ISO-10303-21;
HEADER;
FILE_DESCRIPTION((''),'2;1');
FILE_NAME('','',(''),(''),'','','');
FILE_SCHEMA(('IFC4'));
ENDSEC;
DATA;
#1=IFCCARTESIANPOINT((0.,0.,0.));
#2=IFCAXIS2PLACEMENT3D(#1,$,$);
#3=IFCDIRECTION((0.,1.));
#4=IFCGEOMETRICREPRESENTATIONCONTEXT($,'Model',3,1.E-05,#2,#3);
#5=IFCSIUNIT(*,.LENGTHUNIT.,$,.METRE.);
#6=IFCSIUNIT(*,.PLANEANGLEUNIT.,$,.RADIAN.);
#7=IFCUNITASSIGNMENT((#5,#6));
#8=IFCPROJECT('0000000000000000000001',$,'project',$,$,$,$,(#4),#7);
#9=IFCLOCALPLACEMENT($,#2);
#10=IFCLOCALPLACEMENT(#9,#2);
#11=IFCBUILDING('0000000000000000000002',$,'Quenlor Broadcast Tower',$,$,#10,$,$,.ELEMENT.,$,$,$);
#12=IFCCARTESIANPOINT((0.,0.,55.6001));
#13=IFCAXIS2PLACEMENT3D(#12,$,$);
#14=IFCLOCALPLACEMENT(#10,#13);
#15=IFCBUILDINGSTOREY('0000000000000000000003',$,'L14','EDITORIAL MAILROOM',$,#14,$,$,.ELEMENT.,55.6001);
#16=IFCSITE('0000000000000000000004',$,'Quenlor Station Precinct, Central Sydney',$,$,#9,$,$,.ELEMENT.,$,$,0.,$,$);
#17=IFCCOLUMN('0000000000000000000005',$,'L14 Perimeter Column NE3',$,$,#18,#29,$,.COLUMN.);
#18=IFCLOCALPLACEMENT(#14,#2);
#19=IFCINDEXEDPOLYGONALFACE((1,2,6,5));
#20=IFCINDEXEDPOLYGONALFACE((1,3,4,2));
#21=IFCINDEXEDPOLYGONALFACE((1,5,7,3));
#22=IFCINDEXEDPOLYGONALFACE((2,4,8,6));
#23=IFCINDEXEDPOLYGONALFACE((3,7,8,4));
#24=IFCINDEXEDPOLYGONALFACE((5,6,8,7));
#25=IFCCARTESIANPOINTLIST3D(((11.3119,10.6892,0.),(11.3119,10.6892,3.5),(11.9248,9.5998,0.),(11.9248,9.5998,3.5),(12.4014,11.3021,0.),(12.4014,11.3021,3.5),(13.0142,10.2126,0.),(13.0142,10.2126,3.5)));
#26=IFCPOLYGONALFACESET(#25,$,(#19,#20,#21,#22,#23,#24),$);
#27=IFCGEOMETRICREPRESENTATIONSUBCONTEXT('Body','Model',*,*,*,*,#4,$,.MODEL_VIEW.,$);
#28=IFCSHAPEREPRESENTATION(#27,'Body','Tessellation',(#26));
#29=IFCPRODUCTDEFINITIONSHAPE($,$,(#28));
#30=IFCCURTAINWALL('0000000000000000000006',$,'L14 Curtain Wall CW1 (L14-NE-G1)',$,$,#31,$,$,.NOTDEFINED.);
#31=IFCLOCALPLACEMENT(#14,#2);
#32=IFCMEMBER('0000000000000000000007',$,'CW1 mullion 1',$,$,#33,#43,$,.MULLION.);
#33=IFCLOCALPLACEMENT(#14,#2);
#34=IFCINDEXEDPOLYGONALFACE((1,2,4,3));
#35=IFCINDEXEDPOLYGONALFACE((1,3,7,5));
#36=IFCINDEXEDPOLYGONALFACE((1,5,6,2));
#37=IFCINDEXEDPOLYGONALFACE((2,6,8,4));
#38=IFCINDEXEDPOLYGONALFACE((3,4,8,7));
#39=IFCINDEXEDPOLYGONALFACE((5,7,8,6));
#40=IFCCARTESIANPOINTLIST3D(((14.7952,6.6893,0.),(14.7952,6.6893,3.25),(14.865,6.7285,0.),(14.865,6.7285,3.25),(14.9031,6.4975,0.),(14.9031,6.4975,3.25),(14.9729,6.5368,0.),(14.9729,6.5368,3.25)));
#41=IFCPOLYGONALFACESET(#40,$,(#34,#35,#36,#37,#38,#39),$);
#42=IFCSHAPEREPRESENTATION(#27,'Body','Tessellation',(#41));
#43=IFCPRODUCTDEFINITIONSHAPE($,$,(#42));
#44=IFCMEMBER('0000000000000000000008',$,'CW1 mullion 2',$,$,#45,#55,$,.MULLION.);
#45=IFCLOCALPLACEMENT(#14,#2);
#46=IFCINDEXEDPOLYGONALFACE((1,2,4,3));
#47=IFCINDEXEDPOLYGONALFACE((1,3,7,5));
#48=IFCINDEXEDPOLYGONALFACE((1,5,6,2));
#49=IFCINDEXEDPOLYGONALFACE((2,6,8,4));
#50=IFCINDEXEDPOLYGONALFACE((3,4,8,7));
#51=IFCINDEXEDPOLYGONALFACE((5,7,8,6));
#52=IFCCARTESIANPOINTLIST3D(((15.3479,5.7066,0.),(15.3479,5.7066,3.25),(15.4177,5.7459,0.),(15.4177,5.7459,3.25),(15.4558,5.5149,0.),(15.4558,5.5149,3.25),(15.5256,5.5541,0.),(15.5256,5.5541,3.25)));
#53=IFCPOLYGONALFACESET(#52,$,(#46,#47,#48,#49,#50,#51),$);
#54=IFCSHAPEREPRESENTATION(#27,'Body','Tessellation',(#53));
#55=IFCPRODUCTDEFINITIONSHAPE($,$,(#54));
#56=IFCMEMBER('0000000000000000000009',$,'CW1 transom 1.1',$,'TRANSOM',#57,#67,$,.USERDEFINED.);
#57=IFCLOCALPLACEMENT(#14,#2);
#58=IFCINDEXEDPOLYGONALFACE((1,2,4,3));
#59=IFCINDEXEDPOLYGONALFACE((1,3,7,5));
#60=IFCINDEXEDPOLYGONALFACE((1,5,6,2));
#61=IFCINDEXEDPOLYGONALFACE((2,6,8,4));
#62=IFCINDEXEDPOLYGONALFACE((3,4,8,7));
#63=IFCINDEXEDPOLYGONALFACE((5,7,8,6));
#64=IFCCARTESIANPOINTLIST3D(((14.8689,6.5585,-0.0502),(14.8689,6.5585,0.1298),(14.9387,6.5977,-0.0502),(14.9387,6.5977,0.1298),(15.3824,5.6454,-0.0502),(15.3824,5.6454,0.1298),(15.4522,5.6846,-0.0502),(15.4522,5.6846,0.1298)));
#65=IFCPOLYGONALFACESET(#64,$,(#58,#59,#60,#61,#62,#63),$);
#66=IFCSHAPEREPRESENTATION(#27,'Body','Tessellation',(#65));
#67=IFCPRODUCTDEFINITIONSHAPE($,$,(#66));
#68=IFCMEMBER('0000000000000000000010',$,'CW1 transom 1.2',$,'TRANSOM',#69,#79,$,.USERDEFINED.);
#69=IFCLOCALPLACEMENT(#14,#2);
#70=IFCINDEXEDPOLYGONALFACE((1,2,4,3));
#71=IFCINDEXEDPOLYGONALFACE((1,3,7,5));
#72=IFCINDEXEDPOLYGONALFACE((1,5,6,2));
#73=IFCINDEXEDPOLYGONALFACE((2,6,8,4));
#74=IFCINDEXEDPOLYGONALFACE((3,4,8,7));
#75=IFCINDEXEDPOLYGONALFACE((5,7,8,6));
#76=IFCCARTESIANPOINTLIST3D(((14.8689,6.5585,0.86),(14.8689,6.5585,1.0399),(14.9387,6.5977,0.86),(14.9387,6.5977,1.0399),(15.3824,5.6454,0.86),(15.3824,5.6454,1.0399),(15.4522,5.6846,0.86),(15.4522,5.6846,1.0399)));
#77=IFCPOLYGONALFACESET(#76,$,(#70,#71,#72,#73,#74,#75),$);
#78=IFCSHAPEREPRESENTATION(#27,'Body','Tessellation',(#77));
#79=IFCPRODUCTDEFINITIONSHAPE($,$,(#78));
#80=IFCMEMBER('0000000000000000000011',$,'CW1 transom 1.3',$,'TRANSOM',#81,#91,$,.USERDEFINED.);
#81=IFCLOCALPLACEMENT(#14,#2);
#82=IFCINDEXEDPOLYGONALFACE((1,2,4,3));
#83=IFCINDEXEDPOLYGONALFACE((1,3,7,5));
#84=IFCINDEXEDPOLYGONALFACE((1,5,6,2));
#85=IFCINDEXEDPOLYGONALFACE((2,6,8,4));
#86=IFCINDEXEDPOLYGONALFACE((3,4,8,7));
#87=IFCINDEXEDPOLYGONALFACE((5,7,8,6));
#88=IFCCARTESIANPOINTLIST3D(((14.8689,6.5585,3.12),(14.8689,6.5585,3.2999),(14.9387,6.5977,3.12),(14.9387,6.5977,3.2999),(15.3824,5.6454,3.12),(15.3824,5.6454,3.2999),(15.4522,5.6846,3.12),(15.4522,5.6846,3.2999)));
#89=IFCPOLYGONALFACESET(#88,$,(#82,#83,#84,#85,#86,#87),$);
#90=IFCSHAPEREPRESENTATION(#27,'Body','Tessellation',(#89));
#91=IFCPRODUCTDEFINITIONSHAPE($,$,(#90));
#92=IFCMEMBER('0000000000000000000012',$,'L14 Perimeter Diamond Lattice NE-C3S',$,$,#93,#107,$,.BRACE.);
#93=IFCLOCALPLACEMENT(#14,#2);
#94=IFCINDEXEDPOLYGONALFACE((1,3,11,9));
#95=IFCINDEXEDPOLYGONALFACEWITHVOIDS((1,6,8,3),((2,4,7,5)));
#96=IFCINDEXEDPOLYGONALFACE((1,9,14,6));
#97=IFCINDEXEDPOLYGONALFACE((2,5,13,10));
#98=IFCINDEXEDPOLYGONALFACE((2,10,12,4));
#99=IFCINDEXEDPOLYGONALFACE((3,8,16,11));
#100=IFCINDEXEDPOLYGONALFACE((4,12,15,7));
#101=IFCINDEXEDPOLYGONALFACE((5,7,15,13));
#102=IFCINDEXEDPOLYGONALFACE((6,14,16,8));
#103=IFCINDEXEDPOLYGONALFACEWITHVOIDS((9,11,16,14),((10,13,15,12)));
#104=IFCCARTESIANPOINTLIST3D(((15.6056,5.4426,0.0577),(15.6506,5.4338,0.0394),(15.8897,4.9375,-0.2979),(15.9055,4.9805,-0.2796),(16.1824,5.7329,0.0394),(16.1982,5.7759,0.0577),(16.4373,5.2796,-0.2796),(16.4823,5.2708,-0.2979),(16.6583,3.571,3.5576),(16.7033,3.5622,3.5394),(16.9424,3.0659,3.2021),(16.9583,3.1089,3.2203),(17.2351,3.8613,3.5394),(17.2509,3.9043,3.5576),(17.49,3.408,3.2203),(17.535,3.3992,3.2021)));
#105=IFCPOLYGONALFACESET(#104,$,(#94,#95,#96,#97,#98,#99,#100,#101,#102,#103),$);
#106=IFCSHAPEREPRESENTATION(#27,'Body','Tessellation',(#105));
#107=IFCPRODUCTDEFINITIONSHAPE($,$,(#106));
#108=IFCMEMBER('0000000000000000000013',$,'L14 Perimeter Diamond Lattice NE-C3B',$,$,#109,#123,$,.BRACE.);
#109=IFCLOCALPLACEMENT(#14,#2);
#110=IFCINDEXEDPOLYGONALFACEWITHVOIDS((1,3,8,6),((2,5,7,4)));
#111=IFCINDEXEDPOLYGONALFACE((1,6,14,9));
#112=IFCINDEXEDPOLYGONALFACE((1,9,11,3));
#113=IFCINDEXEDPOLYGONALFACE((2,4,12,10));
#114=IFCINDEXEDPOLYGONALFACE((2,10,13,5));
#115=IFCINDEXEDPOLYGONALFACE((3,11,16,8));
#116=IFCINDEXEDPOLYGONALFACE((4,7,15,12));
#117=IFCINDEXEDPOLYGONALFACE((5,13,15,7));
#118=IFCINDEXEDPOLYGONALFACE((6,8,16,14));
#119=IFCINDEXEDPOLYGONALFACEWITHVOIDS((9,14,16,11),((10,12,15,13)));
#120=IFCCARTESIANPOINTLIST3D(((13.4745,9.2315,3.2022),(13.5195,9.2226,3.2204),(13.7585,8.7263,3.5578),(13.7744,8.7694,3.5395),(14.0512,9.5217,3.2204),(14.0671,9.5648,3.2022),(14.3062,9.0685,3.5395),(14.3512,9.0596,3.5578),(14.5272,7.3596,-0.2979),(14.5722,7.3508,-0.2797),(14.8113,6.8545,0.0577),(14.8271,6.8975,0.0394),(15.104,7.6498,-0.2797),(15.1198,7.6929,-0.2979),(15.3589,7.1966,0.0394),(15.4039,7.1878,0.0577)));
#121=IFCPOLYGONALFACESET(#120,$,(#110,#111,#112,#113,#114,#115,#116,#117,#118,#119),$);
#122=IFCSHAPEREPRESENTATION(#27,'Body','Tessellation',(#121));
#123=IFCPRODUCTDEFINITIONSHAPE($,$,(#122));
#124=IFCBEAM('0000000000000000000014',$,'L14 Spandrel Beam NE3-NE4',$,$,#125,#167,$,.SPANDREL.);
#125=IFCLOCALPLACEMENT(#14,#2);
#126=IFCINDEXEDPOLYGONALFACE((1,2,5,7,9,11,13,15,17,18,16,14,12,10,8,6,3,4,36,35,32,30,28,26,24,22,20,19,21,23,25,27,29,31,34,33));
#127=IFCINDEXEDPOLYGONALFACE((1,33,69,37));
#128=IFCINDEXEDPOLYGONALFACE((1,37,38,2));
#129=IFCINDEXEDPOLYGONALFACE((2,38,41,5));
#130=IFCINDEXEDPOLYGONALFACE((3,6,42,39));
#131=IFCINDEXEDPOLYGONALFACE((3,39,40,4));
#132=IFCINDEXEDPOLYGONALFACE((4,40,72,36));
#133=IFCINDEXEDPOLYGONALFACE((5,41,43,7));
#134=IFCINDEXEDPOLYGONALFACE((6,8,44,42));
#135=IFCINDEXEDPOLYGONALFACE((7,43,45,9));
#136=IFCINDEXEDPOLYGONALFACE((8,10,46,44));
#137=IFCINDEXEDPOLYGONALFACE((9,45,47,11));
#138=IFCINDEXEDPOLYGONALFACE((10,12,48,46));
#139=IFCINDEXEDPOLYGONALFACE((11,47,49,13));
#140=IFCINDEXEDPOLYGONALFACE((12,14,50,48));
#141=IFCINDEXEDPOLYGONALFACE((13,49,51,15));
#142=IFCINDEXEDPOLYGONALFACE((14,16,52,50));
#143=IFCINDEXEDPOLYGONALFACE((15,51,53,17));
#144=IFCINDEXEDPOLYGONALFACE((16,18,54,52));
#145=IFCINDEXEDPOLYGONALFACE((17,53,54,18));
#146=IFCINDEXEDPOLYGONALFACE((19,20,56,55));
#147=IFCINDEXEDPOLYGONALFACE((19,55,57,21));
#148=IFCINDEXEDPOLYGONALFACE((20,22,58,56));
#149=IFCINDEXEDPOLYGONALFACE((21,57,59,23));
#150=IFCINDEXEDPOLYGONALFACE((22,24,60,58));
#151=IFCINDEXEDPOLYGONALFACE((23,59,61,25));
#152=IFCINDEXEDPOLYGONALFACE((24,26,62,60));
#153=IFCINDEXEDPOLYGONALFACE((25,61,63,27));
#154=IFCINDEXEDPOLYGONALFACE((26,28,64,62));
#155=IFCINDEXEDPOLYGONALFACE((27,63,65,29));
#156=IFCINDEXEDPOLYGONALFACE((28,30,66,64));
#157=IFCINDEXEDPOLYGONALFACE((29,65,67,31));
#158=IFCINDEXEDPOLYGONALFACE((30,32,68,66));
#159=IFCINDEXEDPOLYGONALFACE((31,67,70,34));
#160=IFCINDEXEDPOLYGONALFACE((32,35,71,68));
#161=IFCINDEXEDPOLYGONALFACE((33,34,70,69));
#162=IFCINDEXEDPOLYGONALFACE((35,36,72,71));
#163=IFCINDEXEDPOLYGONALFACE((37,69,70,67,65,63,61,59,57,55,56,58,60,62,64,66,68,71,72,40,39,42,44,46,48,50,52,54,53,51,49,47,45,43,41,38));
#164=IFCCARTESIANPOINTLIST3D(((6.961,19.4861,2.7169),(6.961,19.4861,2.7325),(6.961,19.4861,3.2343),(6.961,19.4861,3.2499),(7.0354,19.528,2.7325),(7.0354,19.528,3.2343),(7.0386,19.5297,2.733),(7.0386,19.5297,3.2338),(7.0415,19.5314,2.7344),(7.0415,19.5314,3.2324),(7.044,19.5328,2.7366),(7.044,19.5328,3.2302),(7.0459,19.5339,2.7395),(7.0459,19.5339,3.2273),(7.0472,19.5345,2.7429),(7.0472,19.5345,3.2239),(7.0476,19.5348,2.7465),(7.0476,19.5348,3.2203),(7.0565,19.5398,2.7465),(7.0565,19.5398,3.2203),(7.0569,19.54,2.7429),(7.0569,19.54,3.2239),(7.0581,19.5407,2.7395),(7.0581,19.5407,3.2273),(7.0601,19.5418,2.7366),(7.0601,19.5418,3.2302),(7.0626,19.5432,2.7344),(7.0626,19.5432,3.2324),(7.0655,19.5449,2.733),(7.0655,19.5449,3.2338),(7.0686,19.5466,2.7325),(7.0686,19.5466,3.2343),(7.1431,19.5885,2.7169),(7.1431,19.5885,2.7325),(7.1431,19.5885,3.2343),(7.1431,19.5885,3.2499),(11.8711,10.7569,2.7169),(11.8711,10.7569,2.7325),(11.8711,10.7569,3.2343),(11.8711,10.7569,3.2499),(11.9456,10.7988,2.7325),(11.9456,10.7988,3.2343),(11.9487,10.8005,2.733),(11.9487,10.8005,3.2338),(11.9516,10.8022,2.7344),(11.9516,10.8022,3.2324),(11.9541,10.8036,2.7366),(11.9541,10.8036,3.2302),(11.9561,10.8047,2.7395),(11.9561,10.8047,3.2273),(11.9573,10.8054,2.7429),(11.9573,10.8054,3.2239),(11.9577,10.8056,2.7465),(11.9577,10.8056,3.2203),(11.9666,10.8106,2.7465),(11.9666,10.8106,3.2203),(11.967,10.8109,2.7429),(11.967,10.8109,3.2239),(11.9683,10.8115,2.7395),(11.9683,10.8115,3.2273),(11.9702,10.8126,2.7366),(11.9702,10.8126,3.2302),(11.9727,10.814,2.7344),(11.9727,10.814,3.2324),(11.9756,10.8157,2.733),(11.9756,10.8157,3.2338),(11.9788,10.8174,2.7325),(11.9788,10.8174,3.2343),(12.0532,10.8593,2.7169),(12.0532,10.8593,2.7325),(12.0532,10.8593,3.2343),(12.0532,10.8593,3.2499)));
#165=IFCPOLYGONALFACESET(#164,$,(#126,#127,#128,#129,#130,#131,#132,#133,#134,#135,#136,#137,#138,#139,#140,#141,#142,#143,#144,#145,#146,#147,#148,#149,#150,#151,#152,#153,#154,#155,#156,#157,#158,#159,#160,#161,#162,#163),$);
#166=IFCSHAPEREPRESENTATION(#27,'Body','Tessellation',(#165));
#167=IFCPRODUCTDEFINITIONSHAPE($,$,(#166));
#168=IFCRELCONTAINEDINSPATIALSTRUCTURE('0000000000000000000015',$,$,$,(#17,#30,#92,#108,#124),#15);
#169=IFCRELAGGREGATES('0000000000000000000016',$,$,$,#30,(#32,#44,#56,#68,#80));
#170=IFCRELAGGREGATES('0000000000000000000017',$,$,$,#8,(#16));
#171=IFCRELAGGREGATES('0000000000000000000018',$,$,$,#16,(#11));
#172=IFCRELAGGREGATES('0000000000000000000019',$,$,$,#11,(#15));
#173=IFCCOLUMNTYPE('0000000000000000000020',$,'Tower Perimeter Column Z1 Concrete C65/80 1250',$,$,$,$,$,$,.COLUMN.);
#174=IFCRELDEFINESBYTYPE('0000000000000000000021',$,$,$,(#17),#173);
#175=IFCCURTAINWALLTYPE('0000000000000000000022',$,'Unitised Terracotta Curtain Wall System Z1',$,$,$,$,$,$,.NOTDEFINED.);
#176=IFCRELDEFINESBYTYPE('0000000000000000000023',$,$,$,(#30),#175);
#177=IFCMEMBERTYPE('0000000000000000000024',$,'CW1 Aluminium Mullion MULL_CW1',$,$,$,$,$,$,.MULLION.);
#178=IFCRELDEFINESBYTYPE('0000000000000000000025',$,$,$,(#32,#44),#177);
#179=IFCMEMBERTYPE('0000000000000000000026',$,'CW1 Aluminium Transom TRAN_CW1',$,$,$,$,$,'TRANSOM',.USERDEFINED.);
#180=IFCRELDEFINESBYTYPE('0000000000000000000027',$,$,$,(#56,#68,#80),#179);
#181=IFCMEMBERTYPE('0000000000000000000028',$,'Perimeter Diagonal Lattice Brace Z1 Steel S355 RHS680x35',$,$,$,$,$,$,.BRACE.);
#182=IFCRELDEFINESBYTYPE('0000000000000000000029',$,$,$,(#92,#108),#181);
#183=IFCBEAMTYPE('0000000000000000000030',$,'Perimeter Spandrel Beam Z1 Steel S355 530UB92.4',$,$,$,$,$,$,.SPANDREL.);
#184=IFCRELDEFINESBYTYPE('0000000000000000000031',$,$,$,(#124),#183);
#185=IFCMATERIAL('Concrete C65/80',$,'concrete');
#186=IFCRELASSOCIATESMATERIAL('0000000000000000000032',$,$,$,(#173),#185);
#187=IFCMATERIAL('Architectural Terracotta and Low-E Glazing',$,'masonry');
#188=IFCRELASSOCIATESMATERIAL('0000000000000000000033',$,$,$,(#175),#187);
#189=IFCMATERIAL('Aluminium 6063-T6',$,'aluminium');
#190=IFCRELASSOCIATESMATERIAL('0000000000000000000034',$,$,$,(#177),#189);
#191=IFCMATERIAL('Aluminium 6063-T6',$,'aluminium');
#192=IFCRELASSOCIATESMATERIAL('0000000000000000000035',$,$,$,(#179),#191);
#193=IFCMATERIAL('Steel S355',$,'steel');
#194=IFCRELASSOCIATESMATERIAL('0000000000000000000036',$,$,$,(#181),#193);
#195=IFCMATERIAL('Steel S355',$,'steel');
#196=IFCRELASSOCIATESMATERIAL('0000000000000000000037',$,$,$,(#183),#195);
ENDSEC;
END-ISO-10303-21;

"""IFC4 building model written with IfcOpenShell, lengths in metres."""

from ifc_helpers import new_model, si_unit, direction, frame, origin, origin_2d, place, context, subcontext, project, spatial, rectangle, hollow_rectangle, i_section, extrude, material, material_profile, profile_set, type_object, element, aggregate, save


model = new_model("IFC4")

# Units and contexts
model_context = context("Model", 3, precision=1e-05, world=origin(), true_north=direction((0.0, 1.0)))
body_context = subcontext(model_context, "Body", "Model", "MODEL_VIEW")
ifc_project = project(units=[si_unit("LENGTHUNIT", "METRE"), si_unit("PLANEANGLEUNIT", "RADIAN")], contexts=[model_context])

# Site, building, storey
site_placement = place(None, origin())
site = spatial("IfcSite", under=ifc_project, at=site_placement, Name="Quenlor Station Precinct, Central Sydney", CompositionType="ELEMENT", RefElevation=0.0)
building_placement = place(site_placement, origin())
building = spatial("IfcBuilding", under=site, at=building_placement, Name="Quenlor Broadcast Tower", CompositionType="ELEMENT")
storey_placement = place(building_placement, frame((0.0, 0.0, 55.6001)))
storey = spatial("IfcBuildingStorey", under=building, at=storey_placement, Name="L14", Description="EDITORIAL MAILROOM", CompositionType="ELEMENT", Elevation=55.6001)

# Column
ifc_material_1 = material(Name="Concrete C65/80", Category="concrete")
ifc_material_profile_1 = material_profile(ifc_material_1, rectangle(XDim=1.25, YDim=1.25, at=origin_2d()))
ifc_profile_set_1 = profile_set([ifc_material_profile_1], Name="Concrete C65/80 RC1250x1250")
column_type = type_object("IfcColumnType", Name="Tower Perimeter Column Z1 Concrete C65/80 1250", PredefinedType="COLUMN", material=ifc_profile_set_1)
column_placement = place(storey_placement, frame((12.1631, 10.4509, 0.0), z_axis=(0.0, 0.0, 1.0), x_axis=(0.871575, 0.490262, 0.0)))
element("IfcColumn", 1, at=column_placement, inside=storey, type_object=column_type, Name="L14 Perimeter Column NE3", PredefinedType="COLUMN", context=body_context, shape_type="SweptSolid", body=[
    extrude(rectangle(XDim=1.25, YDim=1.25, at=origin_2d()), origin(), (0.0, 0.0, 1.0), 3.5),
])

# Curtain wall, members
ifc_material_2 = material(Name="Architectural Terracotta and Low-E Glazing", Category="masonry")
curtain_wall_type = type_object("IfcCurtainWallType", Name="Unitised Terracotta Curtain Wall System Z1", PredefinedType="NOTDEFINED", material=ifc_material_2)
curtain_wall_placement = place(storey_placement, origin())
curtain_wall = element("IfcCurtainWall", 2, at=curtain_wall_placement, inside=storey, type_object=curtain_wall_type, Name="L14 Curtain Wall CW1 (L14-NE-G1)", PredefinedType="NOTDEFINED")
ifc_material_3 = material(Name="Aluminium 6063-T6", Category="aluminium")
ifc_material_profile_2 = material_profile(ifc_material_3, rectangle(XDim=0.0801, YDim=0.22, at=origin_2d()))
ifc_profile_set_2 = profile_set([ifc_material_profile_2], Name="Aluminium 6063-T6 MULL80x220")
member_type_1 = type_object("IfcMemberType", Name="CW1 Aluminium Mullion MULL_CW1", PredefinedType="MULLION", material=ifc_profile_set_2)
member_1_placement = place(storey_placement, frame((14.884, 6.613, 0.0), z_axis=(0.0, 0.0, 1.0), x_axis=(0.871567, 0.490277, 0.0)))
member_1 = element("IfcMember", 3, at=member_1_placement, type_object=member_type_1, Name="CW1 mullion 1", PredefinedType="MULLION", context=body_context, shape_type="SweptSolid", body=[
    extrude(rectangle(XDim=0.0801, YDim=0.22, at=origin_2d()), origin(), (0.0, 0.0, 1.0), 3.25),
])
member_2_placement = place(storey_placement, frame((15.4368, 5.6304, 0.0), z_axis=(0.0, 0.0, 1.0), x_axis=(0.871567, 0.490277, 0.0)))
member_2 = element("IfcMember", 4, at=member_2_placement, type_object=member_type_1, Name="CW1 mullion 2", PredefinedType="MULLION", context=body_context, shape_type="SweptSolid", body=[
    extrude(rectangle(XDim=0.0801, YDim=0.22, at=origin_2d()), origin(), (0.0, 0.0, 1.0), 3.25),
])
ifc_material_4 = material(Name="Aluminium 6063-T6", Category="aluminium")
ifc_material_profile_3 = material_profile(ifc_material_4, rectangle(XDim=0.0801, YDim=0.1799, at=origin_2d()))
ifc_profile_set_3 = profile_set([ifc_material_profile_3], Name="Aluminium 6063-T6 TRAN80x180")
member_type_2 = type_object("IfcMemberType", Name="CW1 Aluminium Transom TRAN_CW1", ElementType="TRANSOM", PredefinedType="USERDEFINED", material=ifc_profile_set_3)
member_3_placement = place(storey_placement, frame((14.9038, 6.5781, 0.0398), z_axis=(0.490128, -0.87165, 0.0), x_axis=(0.87165, 0.490128, 0.0)))
member_3 = element("IfcMember", 5, at=member_3_placement, type_object=member_type_2, Name="CW1 transom 1.1", ObjectType="TRANSOM", PredefinedType="USERDEFINED", context=body_context, shape_type="SweptSolid", body=[
    extrude(rectangle(XDim=0.0801, YDim=0.1799, at=origin_2d()), origin(), (0.0, 0.0, 1.0), 1.0476),
])
member_4_placement = place(storey_placement, frame((14.9038, 6.5781, 0.95), z_axis=(0.490128, -0.87165, 0.0), x_axis=(0.87165, 0.490128, 0.0)))
member_4 = element("IfcMember", 6, at=member_4_placement, type_object=member_type_2, Name="CW1 transom 1.2", ObjectType="TRANSOM", PredefinedType="USERDEFINED", context=body_context, shape_type="SweptSolid", body=[
    extrude(rectangle(XDim=0.0801, YDim=0.1799, at=origin_2d()), origin(), (0.0, 0.0, 1.0), 1.0476),
])
member_5_placement = place(storey_placement, frame((14.9038, 6.5781, 3.21), z_axis=(0.490128, -0.87165, 0.0), x_axis=(0.87165, 0.490128, 0.0)))
member_5 = element("IfcMember", 7, at=member_5_placement, type_object=member_type_2, Name="CW1 transom 1.3", ObjectType="TRANSOM", PredefinedType="USERDEFINED", context=body_context, shape_type="SweptSolid", body=[
    extrude(rectangle(XDim=0.0801, YDim=0.1799, at=origin_2d()), origin(), (0.0, 0.0, 1.0), 1.0476),
])

# Members
ifc_material_5 = material(Name="Steel S355", Category="steel")
ifc_material_profile_4 = material_profile(ifc_material_5, hollow_rectangle(XDim=0.6799, YDim=0.6799, WallThickness=0.0349, at=origin_2d()))
ifc_profile_set_4 = profile_set([ifc_material_profile_4], Name="Steel S355 RHS680x680x35")
member_type_3 = type_object("IfcMemberType", Name="Perimeter Diagonal Lattice Brace Z1 Steel S355 RHS680x35", PredefinedType="BRACE", material=ifc_profile_set_4)
member_6_placement = place(storey_placement, frame((16.0439, 5.3567, -0.1201), z_axis=(0.256375, -0.455792, 0.852365), x_axis=(0.871582, 0.49025, 0.0)))
element("IfcMember", 8, at=member_6_placement, inside=storey, type_object=member_type_3, Name="L14 Perimeter Diamond Lattice NE-C3S", PredefinedType="BRACE", context=body_context, shape_type="SweptSolid", body=[
    extrude(hollow_rectangle(XDim=0.6799, YDim=0.6799, WallThickness=0.0349, at=origin_2d()), origin(), (0.0, 0.0, 1.0), 4.1062),
])
member_7_placement = place(storey_placement, frame((14.9656, 7.2737, -0.1201), z_axis=(-0.256368, 0.455839, 0.852342), x_axis=(-0.871609, -0.490202, 0.0)))
element("IfcMember", 9, at=member_7_placement, inside=storey, type_object=member_type_3, Name="L14 Perimeter Diamond Lattice NE-C3B", PredefinedType="BRACE", context=body_context, shape_type="SweptSolid", body=[
    extrude(hollow_rectangle(XDim=0.6799, YDim=0.6799, WallThickness=0.0349, at=origin_2d()), origin(), (0.0, 0.0, 1.0), 4.1064),
])

# Beam
ifc_material_6 = material(Name="Steel S355", Category="steel")
ifc_material_profile_5 = material_profile(ifc_material_6, i_section(OverallWidth=0.209, OverallDepth=0.533, WebThickness=0.0103, FlangeThickness=0.0156, FilletRadius=0.0139, at=origin_2d()))
ifc_profile_set_5 = profile_set([ifc_material_profile_5], Name="Steel S355 530UB92.4")
beam_type_1 = type_object("IfcBeamType", Name="Perimeter Spandrel Beam Z1 Steel S355 530UB92.4", PredefinedType="SPANDREL", material=ifc_profile_set_5)
beam_1_placement = place(storey_placement, frame((11.9622, 10.8081, 2.9834), z_axis=(-0.490258, 0.871577, 0.0), x_axis=(-0.871577, -0.490258, 0.0)))
element("IfcBeam", 10, at=beam_1_placement, inside=storey, type_object=beam_type_1, Name="L14 Spandrel Beam NE3-NE4", PredefinedType="SPANDREL", context=body_context, shape_type="SweptSolid", body=[
    extrude(i_section(OverallWidth=0.209, OverallDepth=0.533, WebThickness=0.0103, FlangeThickness=0.0156, FilletRadius=0.0139, at=origin_2d()), origin(), (0.0, 0.0, 1.0), 10.0154),
])

aggregate(curtain_wall, [member_1, member_2, member_3, member_4, member_5])

save(model, "model.ifc")
